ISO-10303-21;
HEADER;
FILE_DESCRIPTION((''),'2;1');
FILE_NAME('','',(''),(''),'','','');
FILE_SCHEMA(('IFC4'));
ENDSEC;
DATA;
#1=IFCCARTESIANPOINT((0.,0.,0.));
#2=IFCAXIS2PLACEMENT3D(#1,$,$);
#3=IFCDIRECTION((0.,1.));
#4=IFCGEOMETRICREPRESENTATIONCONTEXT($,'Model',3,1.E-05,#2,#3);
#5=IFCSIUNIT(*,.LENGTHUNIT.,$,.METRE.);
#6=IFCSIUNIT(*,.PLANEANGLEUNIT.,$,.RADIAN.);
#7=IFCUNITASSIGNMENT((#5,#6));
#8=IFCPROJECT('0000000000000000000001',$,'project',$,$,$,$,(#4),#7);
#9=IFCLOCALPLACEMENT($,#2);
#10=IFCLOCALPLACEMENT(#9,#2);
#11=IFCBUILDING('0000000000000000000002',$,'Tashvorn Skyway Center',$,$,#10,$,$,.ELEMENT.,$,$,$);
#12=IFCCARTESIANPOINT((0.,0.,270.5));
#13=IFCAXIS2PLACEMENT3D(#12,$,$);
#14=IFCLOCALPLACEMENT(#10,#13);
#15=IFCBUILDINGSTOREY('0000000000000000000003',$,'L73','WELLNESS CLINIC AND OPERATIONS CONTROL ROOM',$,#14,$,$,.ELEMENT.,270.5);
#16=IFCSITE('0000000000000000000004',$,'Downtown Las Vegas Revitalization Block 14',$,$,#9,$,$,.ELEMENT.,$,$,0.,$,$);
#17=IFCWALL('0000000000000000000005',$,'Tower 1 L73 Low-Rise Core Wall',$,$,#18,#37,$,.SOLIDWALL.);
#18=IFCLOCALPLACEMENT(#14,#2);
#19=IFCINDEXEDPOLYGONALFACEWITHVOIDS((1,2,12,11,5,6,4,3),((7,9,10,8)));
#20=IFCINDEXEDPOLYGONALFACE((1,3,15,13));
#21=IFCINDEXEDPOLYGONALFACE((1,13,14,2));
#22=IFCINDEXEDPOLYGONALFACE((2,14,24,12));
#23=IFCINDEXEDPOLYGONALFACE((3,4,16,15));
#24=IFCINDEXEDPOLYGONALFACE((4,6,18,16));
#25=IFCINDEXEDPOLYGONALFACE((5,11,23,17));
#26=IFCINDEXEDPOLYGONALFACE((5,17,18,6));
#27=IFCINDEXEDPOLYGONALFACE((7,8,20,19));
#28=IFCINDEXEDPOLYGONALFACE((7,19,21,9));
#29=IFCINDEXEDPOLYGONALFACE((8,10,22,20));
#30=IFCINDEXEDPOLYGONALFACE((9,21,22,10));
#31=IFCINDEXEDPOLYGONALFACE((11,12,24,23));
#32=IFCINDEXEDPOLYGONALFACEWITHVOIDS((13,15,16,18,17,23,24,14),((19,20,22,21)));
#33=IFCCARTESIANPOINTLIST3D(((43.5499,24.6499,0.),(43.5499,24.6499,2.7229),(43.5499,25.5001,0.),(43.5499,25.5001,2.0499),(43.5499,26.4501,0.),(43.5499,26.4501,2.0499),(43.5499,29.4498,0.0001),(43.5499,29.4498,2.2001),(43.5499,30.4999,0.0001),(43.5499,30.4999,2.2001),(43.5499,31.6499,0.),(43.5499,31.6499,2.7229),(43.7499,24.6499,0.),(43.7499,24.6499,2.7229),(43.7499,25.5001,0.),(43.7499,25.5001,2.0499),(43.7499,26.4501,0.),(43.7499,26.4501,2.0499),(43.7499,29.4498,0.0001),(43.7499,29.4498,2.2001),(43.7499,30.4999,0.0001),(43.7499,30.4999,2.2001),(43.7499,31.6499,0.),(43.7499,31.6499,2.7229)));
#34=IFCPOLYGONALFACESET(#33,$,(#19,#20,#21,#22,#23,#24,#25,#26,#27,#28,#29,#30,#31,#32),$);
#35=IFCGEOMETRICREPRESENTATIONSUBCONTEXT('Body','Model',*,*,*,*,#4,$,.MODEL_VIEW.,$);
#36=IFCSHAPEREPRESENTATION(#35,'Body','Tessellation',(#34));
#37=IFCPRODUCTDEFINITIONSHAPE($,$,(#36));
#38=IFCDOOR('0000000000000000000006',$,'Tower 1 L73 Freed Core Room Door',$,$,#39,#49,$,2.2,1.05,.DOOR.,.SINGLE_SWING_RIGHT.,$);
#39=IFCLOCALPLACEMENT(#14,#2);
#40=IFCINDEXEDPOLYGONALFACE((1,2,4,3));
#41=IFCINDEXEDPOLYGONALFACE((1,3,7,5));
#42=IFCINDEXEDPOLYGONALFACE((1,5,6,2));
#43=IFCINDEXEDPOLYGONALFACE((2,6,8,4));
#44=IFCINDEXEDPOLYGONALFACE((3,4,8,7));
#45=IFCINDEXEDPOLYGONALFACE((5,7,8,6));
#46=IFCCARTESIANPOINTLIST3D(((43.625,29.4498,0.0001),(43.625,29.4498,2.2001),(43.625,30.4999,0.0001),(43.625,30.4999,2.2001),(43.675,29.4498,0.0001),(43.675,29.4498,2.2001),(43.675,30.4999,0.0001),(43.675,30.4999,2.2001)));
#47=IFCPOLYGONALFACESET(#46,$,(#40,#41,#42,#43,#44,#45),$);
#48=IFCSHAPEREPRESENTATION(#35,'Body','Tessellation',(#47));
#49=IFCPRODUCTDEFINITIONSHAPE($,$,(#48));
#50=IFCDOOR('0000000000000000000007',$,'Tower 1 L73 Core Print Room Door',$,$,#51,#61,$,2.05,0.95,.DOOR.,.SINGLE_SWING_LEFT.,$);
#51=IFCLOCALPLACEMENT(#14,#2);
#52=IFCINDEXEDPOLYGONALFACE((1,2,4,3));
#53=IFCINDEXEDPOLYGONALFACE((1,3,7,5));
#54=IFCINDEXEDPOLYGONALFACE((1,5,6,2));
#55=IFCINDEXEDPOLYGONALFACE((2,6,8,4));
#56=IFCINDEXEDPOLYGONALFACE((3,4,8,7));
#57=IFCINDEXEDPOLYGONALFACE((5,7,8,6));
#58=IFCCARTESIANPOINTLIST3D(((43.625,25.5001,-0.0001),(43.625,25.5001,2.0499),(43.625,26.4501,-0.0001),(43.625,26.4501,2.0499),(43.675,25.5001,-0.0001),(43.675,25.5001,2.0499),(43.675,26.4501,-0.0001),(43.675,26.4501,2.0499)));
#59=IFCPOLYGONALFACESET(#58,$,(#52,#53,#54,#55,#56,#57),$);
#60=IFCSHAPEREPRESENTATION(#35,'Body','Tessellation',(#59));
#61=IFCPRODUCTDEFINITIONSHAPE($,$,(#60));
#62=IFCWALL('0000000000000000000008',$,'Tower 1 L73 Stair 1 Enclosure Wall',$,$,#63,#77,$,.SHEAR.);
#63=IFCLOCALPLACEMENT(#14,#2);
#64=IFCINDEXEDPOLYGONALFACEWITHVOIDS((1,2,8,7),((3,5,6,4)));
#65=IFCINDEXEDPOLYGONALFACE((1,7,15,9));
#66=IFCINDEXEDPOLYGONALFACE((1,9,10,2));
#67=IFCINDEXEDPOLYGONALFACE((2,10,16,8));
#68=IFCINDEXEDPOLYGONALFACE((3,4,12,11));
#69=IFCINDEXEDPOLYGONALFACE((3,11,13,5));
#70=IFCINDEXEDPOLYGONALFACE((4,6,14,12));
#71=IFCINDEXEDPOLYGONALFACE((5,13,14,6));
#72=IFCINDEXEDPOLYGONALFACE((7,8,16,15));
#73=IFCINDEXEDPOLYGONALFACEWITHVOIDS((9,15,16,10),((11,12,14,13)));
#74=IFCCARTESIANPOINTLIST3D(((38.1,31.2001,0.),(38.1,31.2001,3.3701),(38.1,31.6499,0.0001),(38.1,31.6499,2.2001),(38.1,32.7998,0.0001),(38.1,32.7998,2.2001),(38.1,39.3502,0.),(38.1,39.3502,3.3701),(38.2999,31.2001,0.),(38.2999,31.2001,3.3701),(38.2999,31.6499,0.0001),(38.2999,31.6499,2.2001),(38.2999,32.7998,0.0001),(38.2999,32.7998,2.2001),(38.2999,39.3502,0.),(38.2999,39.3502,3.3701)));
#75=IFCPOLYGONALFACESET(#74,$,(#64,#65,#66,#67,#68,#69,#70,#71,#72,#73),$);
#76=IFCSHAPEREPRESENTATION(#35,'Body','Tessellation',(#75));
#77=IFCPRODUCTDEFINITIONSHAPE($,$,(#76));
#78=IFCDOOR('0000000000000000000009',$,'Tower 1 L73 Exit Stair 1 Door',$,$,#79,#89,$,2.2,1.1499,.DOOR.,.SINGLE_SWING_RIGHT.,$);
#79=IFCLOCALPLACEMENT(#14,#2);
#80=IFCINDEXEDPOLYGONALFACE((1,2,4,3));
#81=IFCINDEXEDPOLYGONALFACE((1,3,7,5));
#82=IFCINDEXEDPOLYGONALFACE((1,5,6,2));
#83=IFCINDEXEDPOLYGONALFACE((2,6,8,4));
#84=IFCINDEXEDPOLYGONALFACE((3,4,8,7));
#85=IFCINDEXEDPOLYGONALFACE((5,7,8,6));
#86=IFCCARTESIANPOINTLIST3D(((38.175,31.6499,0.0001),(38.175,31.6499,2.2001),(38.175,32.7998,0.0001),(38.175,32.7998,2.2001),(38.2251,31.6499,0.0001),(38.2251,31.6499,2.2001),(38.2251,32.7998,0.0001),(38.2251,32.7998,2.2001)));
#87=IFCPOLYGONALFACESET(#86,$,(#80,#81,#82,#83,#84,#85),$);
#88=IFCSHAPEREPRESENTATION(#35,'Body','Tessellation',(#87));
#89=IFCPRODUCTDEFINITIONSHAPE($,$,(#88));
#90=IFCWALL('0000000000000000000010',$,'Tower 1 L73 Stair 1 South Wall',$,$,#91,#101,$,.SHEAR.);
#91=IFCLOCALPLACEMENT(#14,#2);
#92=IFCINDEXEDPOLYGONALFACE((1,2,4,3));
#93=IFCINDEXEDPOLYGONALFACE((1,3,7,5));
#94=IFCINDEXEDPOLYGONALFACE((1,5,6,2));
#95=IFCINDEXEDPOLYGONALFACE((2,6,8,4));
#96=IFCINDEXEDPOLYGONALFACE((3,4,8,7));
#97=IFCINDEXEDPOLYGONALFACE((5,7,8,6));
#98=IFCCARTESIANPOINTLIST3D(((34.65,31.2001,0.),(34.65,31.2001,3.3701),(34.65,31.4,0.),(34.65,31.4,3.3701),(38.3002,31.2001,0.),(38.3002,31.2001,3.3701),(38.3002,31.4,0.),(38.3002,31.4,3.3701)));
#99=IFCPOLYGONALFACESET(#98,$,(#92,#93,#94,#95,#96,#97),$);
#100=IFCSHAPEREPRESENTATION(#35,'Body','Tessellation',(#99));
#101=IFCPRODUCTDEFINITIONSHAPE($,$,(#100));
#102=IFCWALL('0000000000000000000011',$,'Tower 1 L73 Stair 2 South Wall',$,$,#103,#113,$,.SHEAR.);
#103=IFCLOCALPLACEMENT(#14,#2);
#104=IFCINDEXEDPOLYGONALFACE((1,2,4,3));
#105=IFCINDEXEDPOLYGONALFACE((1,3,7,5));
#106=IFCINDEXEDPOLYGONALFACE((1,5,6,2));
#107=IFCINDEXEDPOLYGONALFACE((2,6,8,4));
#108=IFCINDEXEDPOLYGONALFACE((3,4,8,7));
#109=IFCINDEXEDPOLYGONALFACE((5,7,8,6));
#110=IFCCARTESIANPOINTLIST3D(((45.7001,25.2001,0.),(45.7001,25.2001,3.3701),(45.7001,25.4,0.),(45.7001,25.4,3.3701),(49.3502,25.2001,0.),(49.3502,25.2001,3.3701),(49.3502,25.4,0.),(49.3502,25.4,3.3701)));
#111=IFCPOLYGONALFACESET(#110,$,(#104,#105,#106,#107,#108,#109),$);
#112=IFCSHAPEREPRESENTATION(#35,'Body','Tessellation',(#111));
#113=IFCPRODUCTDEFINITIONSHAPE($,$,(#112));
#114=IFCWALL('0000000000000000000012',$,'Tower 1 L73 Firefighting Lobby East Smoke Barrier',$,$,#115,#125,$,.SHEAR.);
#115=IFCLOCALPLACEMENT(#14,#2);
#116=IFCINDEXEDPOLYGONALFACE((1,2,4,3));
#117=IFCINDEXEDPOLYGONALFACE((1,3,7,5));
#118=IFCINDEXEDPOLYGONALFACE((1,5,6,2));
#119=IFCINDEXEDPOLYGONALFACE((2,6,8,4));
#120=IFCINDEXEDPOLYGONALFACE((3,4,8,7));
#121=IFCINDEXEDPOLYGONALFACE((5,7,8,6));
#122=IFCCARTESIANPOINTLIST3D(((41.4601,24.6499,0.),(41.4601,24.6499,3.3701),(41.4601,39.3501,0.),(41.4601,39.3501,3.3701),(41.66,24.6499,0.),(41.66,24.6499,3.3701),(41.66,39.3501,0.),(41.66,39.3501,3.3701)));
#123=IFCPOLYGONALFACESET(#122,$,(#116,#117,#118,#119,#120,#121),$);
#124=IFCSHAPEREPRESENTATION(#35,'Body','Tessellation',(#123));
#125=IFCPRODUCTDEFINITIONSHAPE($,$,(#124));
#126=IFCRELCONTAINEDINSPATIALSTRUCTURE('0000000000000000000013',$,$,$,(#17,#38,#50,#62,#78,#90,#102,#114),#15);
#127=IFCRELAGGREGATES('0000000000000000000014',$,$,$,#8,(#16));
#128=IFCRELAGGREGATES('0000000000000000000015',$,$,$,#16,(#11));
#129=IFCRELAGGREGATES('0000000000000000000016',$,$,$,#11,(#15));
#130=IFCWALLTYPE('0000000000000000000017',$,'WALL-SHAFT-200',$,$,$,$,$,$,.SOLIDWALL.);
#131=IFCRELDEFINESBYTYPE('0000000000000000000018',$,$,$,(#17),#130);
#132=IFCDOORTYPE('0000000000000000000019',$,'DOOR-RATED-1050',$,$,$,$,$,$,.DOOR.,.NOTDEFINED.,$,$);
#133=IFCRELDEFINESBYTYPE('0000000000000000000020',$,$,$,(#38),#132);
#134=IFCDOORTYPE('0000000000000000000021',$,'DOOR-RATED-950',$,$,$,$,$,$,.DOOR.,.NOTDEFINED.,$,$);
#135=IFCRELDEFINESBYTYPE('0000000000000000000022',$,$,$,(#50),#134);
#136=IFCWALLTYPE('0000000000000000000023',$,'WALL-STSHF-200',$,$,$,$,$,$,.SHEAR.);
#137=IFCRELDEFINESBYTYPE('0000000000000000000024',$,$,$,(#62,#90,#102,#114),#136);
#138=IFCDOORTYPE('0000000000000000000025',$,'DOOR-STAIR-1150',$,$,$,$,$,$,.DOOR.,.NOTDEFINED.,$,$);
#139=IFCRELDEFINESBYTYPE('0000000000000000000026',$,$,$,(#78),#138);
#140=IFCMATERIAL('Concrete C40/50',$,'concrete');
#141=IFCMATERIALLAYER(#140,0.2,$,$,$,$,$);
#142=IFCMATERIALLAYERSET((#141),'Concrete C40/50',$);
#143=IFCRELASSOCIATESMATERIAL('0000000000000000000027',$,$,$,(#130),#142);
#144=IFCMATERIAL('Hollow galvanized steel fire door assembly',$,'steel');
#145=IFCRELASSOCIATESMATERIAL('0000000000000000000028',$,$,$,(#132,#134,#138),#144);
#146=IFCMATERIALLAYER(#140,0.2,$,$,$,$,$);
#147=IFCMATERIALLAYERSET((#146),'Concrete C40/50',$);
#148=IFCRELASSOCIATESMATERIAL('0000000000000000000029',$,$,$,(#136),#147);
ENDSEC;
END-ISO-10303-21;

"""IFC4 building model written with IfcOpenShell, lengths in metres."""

from ifc_helpers import new_model, si_unit, direction, frame, frame_2d, origin, place, context, subcontext, project, spatial, rectangle, extrude, material, layer, layer_set, type_object, element, fill, save


model = new_model("IFC4")

# Units and contexts
model_context = context("Model", 3, precision=1e-05, world=origin(), true_north=direction((0.0, 1.0)))
body_context = subcontext(model_context, "Body", "Model", "MODEL_VIEW")
ifc_project = project(units=[si_unit("LENGTHUNIT", "METRE"), si_unit("PLANEANGLEUNIT", "RADIAN")], contexts=[model_context])

# Site, building, storey
site_placement = place(None, origin())
site = spatial("IfcSite", under=ifc_project, at=site_placement, Name="Downtown Las Vegas Revitalization Block 14", CompositionType="ELEMENT", RefElevation=0.0)
building_placement = place(site_placement, origin())
building = spatial("IfcBuilding", under=site, at=building_placement, Name="Tashvorn Skyway Center", CompositionType="ELEMENT")
storey_placement = place(building_placement, frame((0.0, 0.0, 270.5)))
storey = spatial("IfcBuildingStorey", under=building, at=storey_placement, Name="L73", Description="WELLNESS CLINIC AND OPERATIONS CONTROL ROOM", CompositionType="ELEMENT", Elevation=270.5)

# Shared definitions
ifc_material_1 = material(Name="Concrete C40/50", Category="concrete")
ifc_material_2 = material(Name="Hollow galvanized steel fire door assembly", Category="steel")

# Shared definitions
ifc_layer_1 = layer(ifc_material_1, 0.2)
ifc_layer_set_1 = layer_set([ifc_layer_1], Name="Concrete C40/50")
wall_type_1 = type_object("IfcWallType", Name="WALL-SHAFT-200", PredefinedType="SOLIDWALL", material=ifc_layer_set_1)

# Wall, openings, doors
wall_1_placement = place(storey_placement, frame((43.6499, 24.6499, 0.0), z_axis=(0.0, 0.0, 1.0), x_axis=(0.0, 1.0, 0.0)))
wall_1 = element("IfcWall", 1, at=wall_1_placement, inside=storey, type_object=wall_type_1, Name="Tower 1 L73 Low-Rise Core Wall", PredefinedType="SOLIDWALL", context=body_context, shape_type="SweptSolid", body=[
    extrude(rectangle(XDim=7.0, YDim=0.2, at=frame_2d((3.5, 0.0))), origin(), (0.0, 0.0, 1.0), 2.7229),
])
opening_1_placement = place(wall_1_placement, frame((0.8501, 0.0, 0.0)))
opening_1 = element("IfcOpeningElement", 2, at=opening_1_placement, cuts=wall_1, PredefinedType="OPENING", context=body_context, shape_type="SweptSolid", body=[
    extrude(rectangle(XDim=0.95, YDim=2.05, at=frame_2d((0.4751, 1.0249))), frame((0.0, 0.1099, 0.0), z_axis=(0.0, -1.0, 0.0), x_axis=(1.0, 0.0, 0.0)), (0.0, 0.0, 1.0), 0.22),
])
opening_2_placement = place(wall_1_placement, frame((4.8, 0.0, 0.0)))
opening_2 = element("IfcOpeningElement", 3, at=opening_2_placement, cuts=wall_1, PredefinedType="OPENING", context=body_context, shape_type="SweptSolid", body=[
    extrude(rectangle(XDim=1.05, YDim=2.2, at=frame_2d((0.5249, 1.1001))), frame((0.0, 0.1099, 0.0), z_axis=(0.0, -1.0, 0.0), x_axis=(1.0, 0.0, 0.0)), (0.0, 0.0, 1.0), 0.22),
])
door_type_1 = type_object("IfcDoorType", Name="DOOR-RATED-1050", OperationType="NOTDEFINED", PredefinedType="DOOR", material=ifc_material_2)
door_1_placement = place(opening_2_placement, origin())
door_1 = element("IfcDoor", 4, at=door_1_placement, inside=storey, type_object=door_type_1, Name="Tower 1 L73 Freed Core Room Door", OperationType="SINGLE_SWING_RIGHT", OverallHeight=2.2, OverallWidth=1.05, PredefinedType="DOOR", context=body_context, shape_type="SweptSolid", body=[
    extrude(rectangle(XDim=1.05, YDim=2.2, at=frame_2d((0.5249, 1.1001))), frame((0.0, 0.0249, 0.0), z_axis=(0.0, -1.0, 0.0), x_axis=(1.0, 0.0, 0.0)), (0.0, 0.0, 1.0), 0.05),
])
fill(opening_2, door_1)
door_type_2 = type_object("IfcDoorType", Name="DOOR-RATED-950", OperationType="NOTDEFINED", PredefinedType="DOOR", material=ifc_material_2)
door_2_placement = place(opening_1_placement, origin())
door_2 = element("IfcDoor", 5, at=door_2_placement, inside=storey, type_object=door_type_2, Name="Tower 1 L73 Core Print Room Door", OperationType="SINGLE_SWING_LEFT", OverallHeight=2.05, OverallWidth=0.95, PredefinedType="DOOR", context=body_context, shape_type="SweptSolid", body=[
    extrude(rectangle(XDim=0.95, YDim=2.05, at=frame_2d((0.4751, 1.0249))), frame((0.0, 0.0249, 0.0), z_axis=(0.0, -1.0, 0.0), x_axis=(1.0, 0.0, 0.0)), (0.0, 0.0, 1.0), 0.05),
])
fill(opening_1, door_2)

# Wall, opening, door
ifc_layer_2 = layer(ifc_material_1, 0.2)
ifc_layer_set_2 = layer_set([ifc_layer_2], Name="Concrete C40/50")
wall_type_2 = type_object("IfcWallType", Name="WALL-STSHF-200", PredefinedType="SHEAR", material=ifc_layer_set_2)
wall_2_placement = place(storey_placement, frame((38.2, 31.2, 0.0), z_axis=(0.0, 0.0, 1.0), x_axis=(0.0, 1.0, 0.0)))
wall_2 = element("IfcWall", 6, at=wall_2_placement, inside=storey, type_object=wall_type_2, Name="Tower 1 L73 Stair 1 Enclosure Wall", PredefinedType="SHEAR", context=body_context, shape_type="SweptSolid", body=[
    extrude(rectangle(XDim=8.1501, YDim=0.2, at=frame_2d((4.0752, 0.0))), origin(), (0.0, 0.0, 1.0), 3.3701),
])
opening_3_placement = place(wall_2_placement, frame((0.45, 0.0, 0.0)))
opening_3 = element("IfcOpeningElement", 7, at=opening_3_placement, cuts=wall_2, PredefinedType="OPENING", context=body_context, shape_type="SweptSolid", body=[
    extrude(rectangle(XDim=1.1499, YDim=2.2, at=frame_2d((0.575, 1.1001))), frame((0.0, 0.1099, 0.0), z_axis=(0.0, -1.0, 0.0), x_axis=(1.0, 0.0, 0.0)), (0.0, 0.0, 1.0), 0.22),
])
door_type_3 = type_object("IfcDoorType", Name="DOOR-STAIR-1150", OperationType="NOTDEFINED", PredefinedType="DOOR", material=ifc_material_2)
door_3_placement = place(opening_3_placement, origin())
door_3 = element("IfcDoor", 8, at=door_3_placement, inside=storey, type_object=door_type_3, Name="Tower 1 L73 Exit Stair 1 Door", OperationType="SINGLE_SWING_RIGHT", OverallHeight=2.2, OverallWidth=1.1499, PredefinedType="DOOR", context=body_context, shape_type="SweptSolid", body=[
    extrude(rectangle(XDim=1.1499, YDim=2.2, at=frame_2d((0.575, 1.1001))), frame((0.0, 0.0249, 0.0), z_axis=(0.0, -1.0, 0.0), x_axis=(1.0, 0.0, 0.0)), (0.0, 0.0, 1.0), 0.05),
])
fill(opening_3, door_3)

# Walls
for number, where, z_axis, x_axis, name in (
    (9, (34.6499, 31.3, 0.0), (0.0, 0.0, 1.0), (1.0, 0.0, 0.0), "Tower 1 L73 Stair 1 South Wall"),
    (10, (45.7, 25.3, 0.0), (0.0, 0.0, 1.0), (1.0, 0.0, 0.0), "Tower 1 L73 Stair 2 South Wall"),
):
    element("IfcWall", number, at=place(storey_placement, frame(where, z_axis=z_axis, x_axis=x_axis)), inside=storey, type_object=wall_type_2, Name=name, PredefinedType="SHEAR", context=body_context, shape_type="SweptSolid", body=[
        extrude(rectangle(XDim=3.6501, YDim=0.2, at=frame_2d((1.8252, 0.0))), origin(), (0.0, 0.0, 1.0), 3.3701),
    ])
wall_3_placement = place(storey_placement, frame((41.5601, 24.6499, 0.0), z_axis=(0.0, 0.0, 1.0), x_axis=(0.0, 1.0, 0.0)))
element("IfcWall", 11, at=wall_3_placement, inside=storey, type_object=wall_type_2, Name="Tower 1 L73 Firefighting Lobby East Smoke Barrier", PredefinedType="SHEAR", context=body_context, shape_type="SweptSolid", body=[
    extrude(rectangle(XDim=14.7002, YDim=0.2, at=frame_2d((7.3501, 0.0))), origin(), (0.0, 0.0, 1.0), 3.3701),
])

save(model, "model.ifc")
